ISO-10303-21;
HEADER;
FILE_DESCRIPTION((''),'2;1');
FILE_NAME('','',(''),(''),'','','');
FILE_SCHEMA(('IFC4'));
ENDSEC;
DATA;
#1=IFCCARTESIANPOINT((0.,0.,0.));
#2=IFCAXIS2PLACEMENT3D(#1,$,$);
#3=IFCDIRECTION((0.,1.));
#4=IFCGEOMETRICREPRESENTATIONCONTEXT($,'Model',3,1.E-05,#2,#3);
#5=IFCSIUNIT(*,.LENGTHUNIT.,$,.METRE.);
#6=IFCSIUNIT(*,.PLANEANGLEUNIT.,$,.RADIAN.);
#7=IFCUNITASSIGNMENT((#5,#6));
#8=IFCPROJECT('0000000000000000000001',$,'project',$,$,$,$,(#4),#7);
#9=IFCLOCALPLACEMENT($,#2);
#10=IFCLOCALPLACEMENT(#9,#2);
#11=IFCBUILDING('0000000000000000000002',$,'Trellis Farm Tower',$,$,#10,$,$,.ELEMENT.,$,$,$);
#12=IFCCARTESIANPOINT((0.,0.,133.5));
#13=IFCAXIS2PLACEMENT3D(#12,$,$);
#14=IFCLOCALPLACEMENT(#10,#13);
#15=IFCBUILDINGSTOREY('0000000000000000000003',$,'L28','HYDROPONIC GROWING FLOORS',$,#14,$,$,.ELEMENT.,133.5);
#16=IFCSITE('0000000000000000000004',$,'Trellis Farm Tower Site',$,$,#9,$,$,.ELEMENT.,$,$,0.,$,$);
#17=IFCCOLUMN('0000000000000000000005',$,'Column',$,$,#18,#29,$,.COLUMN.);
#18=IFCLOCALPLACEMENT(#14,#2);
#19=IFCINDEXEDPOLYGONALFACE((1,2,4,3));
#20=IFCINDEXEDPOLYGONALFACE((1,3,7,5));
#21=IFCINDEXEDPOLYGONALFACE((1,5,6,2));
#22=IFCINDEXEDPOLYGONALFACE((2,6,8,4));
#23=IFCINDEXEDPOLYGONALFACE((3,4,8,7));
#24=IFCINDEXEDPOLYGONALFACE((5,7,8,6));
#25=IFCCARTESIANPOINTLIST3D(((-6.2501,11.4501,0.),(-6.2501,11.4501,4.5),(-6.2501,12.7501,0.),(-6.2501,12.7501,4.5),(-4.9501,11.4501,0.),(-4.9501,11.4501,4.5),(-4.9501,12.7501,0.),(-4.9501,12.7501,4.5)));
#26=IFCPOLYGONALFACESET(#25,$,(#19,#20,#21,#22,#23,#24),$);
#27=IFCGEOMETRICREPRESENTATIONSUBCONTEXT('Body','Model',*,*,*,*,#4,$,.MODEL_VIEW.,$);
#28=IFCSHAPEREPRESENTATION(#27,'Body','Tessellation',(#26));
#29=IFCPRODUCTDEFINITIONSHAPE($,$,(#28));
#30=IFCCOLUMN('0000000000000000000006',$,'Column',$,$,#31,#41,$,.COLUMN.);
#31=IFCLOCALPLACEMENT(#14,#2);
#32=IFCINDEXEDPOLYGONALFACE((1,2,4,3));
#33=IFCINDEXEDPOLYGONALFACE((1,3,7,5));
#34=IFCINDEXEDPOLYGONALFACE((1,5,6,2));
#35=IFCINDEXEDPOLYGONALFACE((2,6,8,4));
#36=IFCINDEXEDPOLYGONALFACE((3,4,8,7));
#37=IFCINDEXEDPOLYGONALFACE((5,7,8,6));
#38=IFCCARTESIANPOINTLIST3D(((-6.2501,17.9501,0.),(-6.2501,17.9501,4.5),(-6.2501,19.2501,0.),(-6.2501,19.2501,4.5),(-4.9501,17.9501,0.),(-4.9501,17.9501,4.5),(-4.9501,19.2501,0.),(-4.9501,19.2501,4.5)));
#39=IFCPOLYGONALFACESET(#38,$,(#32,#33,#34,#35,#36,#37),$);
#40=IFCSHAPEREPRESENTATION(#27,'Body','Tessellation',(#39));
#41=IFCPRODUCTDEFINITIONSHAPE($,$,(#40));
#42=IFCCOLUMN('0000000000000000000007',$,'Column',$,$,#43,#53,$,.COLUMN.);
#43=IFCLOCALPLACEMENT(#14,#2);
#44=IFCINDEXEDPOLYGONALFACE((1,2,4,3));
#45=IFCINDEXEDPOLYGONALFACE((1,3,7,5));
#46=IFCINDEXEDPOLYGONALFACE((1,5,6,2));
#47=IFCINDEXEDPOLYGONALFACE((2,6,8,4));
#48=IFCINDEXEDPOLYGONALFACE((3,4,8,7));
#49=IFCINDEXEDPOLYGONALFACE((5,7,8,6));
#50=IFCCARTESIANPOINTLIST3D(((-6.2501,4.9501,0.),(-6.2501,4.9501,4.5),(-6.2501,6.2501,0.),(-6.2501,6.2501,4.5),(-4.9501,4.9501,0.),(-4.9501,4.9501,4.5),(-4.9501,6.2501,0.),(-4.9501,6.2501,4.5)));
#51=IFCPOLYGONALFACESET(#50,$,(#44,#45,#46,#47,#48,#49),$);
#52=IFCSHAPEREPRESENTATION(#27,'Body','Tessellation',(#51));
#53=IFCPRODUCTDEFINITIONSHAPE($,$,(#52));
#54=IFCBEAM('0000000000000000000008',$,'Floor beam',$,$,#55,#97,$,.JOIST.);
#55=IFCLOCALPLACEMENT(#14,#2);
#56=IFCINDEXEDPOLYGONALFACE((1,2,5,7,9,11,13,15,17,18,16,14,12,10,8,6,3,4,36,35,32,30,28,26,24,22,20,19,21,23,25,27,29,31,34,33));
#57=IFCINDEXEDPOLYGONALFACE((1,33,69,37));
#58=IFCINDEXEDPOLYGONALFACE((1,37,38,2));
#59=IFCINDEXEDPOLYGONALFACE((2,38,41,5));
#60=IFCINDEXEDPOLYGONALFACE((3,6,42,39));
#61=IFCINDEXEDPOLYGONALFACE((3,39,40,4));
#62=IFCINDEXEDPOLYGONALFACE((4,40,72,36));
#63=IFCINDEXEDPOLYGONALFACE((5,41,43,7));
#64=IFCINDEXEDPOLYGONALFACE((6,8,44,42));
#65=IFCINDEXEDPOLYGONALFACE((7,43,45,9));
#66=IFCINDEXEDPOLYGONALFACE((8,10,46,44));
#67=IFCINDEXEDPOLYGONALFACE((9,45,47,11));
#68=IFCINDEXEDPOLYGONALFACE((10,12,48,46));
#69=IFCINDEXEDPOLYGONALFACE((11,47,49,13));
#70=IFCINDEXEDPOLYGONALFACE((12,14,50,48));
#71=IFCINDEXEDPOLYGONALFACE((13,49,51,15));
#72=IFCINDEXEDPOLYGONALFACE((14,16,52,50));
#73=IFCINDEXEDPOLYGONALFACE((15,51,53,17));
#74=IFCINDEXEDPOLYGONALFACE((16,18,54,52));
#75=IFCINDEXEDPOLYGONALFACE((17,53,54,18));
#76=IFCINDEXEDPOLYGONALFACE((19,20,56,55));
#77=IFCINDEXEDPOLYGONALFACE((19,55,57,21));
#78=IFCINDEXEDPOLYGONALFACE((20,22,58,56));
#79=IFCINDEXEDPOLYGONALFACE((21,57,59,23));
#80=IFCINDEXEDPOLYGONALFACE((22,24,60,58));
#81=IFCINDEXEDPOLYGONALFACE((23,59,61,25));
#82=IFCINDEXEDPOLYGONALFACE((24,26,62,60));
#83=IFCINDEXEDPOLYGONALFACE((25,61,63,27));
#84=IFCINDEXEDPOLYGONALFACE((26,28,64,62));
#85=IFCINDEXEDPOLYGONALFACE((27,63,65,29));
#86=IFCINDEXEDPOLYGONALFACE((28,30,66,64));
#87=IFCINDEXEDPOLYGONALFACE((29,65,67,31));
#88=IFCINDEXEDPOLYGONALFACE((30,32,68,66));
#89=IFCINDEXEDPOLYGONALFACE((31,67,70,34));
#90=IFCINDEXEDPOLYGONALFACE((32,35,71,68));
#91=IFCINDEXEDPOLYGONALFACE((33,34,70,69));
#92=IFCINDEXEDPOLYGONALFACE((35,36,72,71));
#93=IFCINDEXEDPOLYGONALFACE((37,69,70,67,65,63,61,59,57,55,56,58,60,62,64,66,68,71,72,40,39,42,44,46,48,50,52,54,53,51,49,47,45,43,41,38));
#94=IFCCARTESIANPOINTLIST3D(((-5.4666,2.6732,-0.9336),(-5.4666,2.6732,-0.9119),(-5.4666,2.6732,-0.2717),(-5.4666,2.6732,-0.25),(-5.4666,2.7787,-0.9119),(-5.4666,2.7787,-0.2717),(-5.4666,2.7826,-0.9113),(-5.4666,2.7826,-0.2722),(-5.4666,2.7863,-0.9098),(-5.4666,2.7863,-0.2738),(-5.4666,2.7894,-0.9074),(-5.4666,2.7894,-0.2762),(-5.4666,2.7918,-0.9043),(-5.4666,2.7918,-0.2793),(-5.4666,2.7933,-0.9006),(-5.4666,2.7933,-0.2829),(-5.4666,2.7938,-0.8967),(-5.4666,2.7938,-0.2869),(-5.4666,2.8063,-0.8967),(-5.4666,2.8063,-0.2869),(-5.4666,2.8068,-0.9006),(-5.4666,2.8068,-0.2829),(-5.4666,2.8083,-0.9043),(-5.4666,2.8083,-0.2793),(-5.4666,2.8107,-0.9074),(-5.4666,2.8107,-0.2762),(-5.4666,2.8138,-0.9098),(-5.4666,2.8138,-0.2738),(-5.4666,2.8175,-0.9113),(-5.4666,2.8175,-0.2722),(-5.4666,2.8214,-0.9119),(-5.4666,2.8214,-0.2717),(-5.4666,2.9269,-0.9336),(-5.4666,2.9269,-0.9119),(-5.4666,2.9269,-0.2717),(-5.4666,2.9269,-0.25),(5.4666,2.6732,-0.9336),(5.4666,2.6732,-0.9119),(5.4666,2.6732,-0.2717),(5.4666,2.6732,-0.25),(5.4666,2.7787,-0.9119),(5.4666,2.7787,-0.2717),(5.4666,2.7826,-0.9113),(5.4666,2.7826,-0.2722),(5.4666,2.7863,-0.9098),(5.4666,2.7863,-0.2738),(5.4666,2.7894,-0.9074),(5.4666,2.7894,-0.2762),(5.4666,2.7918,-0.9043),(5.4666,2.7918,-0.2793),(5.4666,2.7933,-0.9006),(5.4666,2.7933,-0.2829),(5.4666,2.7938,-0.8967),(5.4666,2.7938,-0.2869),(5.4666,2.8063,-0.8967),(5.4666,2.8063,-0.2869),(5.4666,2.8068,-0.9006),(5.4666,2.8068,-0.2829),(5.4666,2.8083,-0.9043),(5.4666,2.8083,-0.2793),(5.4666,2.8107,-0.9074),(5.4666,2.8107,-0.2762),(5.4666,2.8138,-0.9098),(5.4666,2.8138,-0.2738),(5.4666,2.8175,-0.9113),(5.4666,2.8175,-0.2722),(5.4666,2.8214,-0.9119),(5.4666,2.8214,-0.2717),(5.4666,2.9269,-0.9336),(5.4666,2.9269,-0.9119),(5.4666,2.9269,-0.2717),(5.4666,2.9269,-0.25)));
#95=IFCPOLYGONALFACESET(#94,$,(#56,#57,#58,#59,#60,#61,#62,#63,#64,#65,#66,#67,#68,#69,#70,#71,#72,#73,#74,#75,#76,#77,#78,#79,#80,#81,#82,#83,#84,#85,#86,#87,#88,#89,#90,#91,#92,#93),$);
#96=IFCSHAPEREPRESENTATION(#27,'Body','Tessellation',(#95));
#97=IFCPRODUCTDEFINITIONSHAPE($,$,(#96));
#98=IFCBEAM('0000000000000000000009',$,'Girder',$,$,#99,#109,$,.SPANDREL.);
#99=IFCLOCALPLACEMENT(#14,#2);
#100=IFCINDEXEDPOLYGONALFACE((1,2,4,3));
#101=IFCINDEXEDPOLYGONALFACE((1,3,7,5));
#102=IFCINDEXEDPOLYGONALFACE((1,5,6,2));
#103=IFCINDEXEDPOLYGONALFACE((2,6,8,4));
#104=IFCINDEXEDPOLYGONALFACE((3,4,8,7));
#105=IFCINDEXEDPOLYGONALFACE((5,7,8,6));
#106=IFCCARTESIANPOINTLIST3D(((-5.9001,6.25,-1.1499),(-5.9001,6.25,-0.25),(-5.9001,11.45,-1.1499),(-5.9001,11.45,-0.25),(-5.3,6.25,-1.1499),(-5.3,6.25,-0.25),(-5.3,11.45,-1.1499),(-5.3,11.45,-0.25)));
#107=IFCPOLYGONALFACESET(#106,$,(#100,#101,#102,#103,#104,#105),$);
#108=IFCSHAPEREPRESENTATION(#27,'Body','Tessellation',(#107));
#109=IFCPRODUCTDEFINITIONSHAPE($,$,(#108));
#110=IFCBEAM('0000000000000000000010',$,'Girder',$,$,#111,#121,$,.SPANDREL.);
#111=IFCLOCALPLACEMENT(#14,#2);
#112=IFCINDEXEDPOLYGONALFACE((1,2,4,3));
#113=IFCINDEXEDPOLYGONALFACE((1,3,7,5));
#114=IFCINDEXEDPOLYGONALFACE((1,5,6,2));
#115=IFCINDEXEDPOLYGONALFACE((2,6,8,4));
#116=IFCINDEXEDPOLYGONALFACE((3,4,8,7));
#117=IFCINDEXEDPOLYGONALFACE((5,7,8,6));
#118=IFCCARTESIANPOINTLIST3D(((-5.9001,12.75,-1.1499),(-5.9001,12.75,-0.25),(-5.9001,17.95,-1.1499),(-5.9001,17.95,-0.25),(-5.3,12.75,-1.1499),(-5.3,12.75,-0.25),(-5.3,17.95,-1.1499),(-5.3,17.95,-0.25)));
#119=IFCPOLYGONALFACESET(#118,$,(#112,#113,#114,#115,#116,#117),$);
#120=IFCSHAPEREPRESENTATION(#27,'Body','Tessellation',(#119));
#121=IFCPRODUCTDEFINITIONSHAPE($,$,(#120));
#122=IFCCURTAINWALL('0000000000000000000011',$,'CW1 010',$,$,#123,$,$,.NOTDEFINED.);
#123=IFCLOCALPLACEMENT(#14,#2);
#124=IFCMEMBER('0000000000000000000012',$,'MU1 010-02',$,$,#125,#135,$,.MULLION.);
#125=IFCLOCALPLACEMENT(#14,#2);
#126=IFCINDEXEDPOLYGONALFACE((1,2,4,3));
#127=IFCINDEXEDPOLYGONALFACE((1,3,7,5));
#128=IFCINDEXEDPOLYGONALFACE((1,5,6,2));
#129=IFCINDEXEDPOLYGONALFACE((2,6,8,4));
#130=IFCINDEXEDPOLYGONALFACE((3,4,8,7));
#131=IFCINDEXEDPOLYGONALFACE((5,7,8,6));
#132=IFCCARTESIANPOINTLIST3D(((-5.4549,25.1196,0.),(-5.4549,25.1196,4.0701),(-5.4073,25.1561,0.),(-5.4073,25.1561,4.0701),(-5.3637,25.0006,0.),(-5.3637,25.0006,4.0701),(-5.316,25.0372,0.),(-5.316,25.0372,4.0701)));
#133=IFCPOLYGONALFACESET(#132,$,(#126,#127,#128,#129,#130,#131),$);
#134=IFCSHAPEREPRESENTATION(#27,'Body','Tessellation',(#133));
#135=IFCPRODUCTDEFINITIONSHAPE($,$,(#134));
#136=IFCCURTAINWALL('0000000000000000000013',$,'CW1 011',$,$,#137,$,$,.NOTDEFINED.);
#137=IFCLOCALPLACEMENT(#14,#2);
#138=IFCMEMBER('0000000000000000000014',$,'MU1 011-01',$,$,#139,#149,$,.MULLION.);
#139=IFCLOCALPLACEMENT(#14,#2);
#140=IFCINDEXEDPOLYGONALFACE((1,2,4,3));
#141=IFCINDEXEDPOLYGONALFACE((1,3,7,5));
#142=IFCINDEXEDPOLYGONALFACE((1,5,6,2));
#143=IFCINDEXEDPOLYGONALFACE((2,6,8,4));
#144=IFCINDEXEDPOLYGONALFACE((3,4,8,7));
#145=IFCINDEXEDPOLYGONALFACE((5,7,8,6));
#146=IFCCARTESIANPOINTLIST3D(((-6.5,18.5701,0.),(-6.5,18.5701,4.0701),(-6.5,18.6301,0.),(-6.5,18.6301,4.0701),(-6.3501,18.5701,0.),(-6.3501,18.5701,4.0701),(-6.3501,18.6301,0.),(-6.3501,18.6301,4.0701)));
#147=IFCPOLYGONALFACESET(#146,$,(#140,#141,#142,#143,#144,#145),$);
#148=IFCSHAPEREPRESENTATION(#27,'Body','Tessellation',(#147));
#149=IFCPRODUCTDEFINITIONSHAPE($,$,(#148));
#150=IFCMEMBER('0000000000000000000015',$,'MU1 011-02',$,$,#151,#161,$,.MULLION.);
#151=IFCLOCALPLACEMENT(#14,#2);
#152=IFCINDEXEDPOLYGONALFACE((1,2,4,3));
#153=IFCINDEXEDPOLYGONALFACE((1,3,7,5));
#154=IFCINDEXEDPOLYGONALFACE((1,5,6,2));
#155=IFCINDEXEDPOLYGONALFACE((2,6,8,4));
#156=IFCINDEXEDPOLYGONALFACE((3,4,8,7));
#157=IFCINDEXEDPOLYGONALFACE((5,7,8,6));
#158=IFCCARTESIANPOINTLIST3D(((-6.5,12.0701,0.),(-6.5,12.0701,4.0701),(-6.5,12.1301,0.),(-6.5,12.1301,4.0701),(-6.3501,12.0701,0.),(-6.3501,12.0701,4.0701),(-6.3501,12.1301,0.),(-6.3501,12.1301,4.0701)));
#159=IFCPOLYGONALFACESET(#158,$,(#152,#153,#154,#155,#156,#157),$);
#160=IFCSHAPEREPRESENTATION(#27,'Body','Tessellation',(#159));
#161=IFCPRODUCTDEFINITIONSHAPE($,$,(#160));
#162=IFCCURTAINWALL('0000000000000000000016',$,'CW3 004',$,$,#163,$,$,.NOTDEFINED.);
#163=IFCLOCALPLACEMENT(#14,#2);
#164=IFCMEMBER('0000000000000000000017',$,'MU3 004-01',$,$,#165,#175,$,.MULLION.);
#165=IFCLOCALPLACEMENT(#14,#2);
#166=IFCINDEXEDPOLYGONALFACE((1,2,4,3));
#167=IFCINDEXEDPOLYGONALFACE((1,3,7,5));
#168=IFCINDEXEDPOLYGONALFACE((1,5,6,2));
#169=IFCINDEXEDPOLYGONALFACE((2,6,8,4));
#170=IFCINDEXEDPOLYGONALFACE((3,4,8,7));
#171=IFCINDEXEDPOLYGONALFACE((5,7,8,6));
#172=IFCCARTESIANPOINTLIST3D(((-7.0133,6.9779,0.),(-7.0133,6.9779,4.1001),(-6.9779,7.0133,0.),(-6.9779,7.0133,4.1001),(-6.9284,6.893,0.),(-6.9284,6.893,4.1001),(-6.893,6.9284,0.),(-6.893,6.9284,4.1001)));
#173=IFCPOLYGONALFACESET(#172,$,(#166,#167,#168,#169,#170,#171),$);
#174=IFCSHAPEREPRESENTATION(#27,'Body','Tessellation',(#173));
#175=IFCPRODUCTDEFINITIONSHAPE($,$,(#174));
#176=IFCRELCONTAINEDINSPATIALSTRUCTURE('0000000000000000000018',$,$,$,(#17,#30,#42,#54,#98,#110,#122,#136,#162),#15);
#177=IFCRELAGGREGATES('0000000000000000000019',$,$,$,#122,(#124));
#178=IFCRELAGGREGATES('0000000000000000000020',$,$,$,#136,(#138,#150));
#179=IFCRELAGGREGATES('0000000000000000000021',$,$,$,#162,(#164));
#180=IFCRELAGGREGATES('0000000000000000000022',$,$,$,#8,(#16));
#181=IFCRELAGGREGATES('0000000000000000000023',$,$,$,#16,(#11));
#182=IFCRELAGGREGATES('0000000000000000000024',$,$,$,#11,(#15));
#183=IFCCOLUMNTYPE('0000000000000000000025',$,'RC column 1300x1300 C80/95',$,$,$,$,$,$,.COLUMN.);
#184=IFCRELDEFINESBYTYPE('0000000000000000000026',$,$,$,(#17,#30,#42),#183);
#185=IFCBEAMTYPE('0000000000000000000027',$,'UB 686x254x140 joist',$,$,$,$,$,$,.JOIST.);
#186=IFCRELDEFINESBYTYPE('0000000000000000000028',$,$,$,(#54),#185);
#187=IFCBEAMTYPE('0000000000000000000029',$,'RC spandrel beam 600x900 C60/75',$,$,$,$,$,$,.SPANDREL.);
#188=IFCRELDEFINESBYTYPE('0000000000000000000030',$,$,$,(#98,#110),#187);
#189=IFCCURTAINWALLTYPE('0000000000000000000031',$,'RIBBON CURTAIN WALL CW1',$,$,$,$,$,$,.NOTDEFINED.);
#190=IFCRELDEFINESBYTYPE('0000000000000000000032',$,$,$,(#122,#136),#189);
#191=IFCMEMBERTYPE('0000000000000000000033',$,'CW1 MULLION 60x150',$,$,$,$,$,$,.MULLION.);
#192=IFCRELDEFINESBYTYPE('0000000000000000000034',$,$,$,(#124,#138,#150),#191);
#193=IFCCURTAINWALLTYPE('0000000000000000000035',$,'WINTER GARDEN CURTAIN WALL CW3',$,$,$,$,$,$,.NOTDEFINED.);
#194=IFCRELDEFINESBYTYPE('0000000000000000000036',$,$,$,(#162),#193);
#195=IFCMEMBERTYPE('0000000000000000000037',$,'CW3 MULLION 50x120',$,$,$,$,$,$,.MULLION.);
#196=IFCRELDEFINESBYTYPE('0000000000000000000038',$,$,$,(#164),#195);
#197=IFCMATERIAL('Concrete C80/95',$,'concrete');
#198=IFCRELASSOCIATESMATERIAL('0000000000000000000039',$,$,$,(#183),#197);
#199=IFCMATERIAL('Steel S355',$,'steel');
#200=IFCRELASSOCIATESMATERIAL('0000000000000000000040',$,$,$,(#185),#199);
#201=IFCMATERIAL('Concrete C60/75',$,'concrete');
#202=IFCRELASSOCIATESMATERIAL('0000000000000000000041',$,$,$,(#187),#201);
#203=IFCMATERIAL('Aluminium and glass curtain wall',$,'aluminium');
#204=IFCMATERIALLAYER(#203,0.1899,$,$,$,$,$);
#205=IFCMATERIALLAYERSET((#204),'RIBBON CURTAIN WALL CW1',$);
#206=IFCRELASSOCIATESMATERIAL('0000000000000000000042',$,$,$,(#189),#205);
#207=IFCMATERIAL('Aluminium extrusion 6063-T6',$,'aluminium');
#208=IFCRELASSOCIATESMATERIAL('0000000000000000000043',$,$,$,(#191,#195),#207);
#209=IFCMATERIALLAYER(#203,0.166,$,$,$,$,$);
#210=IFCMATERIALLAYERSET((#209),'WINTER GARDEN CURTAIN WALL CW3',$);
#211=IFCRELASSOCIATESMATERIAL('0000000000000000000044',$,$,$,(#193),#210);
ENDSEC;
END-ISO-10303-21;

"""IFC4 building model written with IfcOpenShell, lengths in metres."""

from ifc_helpers import new_model, si_unit, direction, frame, origin, origin_2d, place, context, subcontext, project, spatial, rectangle, i_section, extrude, source, transform, mapped, material, layer, layer_set, material_profile, profile_set, type_object, element, aggregate, save


model = new_model("IFC4")

# Units and contexts
model_context = context("Model", 3, precision=1e-05, world=origin(), true_north=direction((0.0, 1.0)))
body_context = subcontext(model_context, "Body", "Model", "MODEL_VIEW")
ifc_project = project(units=[si_unit("LENGTHUNIT", "METRE"), si_unit("PLANEANGLEUNIT", "RADIAN")], contexts=[model_context])

# Site, building, storey
site_placement = place(None, origin())
site = spatial("IfcSite", under=ifc_project, at=site_placement, Name="Trellis Farm Tower Site", CompositionType="ELEMENT", RefElevation=0.0)
building_placement = place(site_placement, origin())
building = spatial("IfcBuilding", under=site, at=building_placement, Name="Trellis Farm Tower", CompositionType="ELEMENT")
storey_placement = place(building_placement, frame((0.0, 0.0, 133.5)))
storey = spatial("IfcBuildingStorey", under=building, at=storey_placement, Name="L28", Description="HYDROPONIC GROWING FLOORS", CompositionType="ELEMENT", Elevation=133.5)

# Columns
ifc_material_1 = material(Name="Concrete C80/95", Category="concrete")
ifc_material_profile_1 = material_profile(ifc_material_1, rectangle(XDim=1.3, YDim=1.3, at=origin_2d()), Name="RC column 1300x1300 C80/95")
ifc_profile_set_1 = profile_set([ifc_material_profile_1], Name="Concrete C80/95")
column_type = type_object("IfcColumnType", Name="RC column 1300x1300 C80/95", PredefinedType="COLUMN", material=ifc_profile_set_1)
shared_shape_1 = source(origin(), body_context, "Body", "SweptSolid", [
    extrude(rectangle(XDim=1.3, YDim=1.3, at=origin_2d()), origin(), (0.0, 0.0, 1.0), 4.5),
])
for number, where, z_axis, x_axis, name in (
    (1, (-5.6001, 12.1001, 0.0), (0.0, 0.0, 1.0), (1.0, 0.0, 0.0), "Column"),
    (2, (-5.6001, 18.6001, 0.0), (0.0, 0.0, 1.0), (1.0, 0.0, 0.0), "Column"),
    (3, (-5.6001, 5.6001, 0.0), (0.0, 0.0, 1.0), (1.0, 0.0, 0.0), "Column"),
):
    element("IfcColumn", number, at=place(storey_placement, frame(where, z_axis=z_axis, x_axis=x_axis)), inside=storey, type_object=column_type, Name=name, PredefinedType="COLUMN", context=body_context, shape_type="MappedRepresentation", body=[
        mapped(shared_shape_1, transform((0.0, 0.0, 0.0))),
    ])

# Beams
ifc_material_2 = material(Name="Steel S355", Category="steel")
ifc_material_profile_2 = material_profile(ifc_material_2, i_section(OverallWidth=0.2537, OverallDepth=0.6836, WebThickness=0.0125, FlangeThickness=0.0217, FilletRadius=0.0151, at=origin_2d()), Name="UB 686x254x140")
ifc_profile_set_2 = profile_set([ifc_material_profile_2], Name="Steel S355")
beam_type_1 = type_object("IfcBeamType", Name="UB 686x254x140 joist", PredefinedType="JOIST", material=ifc_profile_set_2)
shared_shape_2 = source(origin(), body_context, "Body", "SweptSolid", [
    extrude(i_section(OverallWidth=0.2537, OverallDepth=0.6836, WebThickness=0.0125, FlangeThickness=0.0217, FilletRadius=0.0151, at=origin_2d()), origin(), (0.0, 0.0, 1.0), 10.9331),
])
beam_placement = place(storey_placement, frame((-5.4666, 2.8, -0.5918), z_axis=(1.0, 0.0, 0.0), x_axis=(0.0, 1.0, 0.0)))
element("IfcBeam", 4, at=beam_placement, inside=storey, type_object=beam_type_1, Name="Floor beam", PredefinedType="JOIST", context=body_context, shape_type="MappedRepresentation", body=[
    mapped(shared_shape_2, transform((0.0, 0.0, 0.0))),
])
ifc_material_3 = material(Name="Concrete C60/75", Category="concrete")
ifc_material_profile_3 = material_profile(ifc_material_3, rectangle(XDim=0.6001, YDim=0.8999, at=origin_2d()), Name="RC spandrel beam 600x900 C60/75")
ifc_profile_set_3 = profile_set([ifc_material_profile_3], Name="Concrete C60/75")
beam_type_2 = type_object("IfcBeamType", Name="RC spandrel beam 600x900 C60/75", PredefinedType="SPANDREL", material=ifc_profile_set_3)
shared_shape_3 = source(origin(), body_context, "Body", "SweptSolid", [
    extrude(rectangle(XDim=0.6001, YDim=0.8999, at=origin_2d()), origin(), (0.0, 0.0, 1.0), 5.2),
])
for number, where, z_axis, x_axis, name in (
    (5, (-5.6001, 6.25, -0.7), (0.0, 1.0, 0.0), (-1.0, 0.0, 0.0), "Girder"),
    (6, (-5.6001, 12.75, -0.7), (0.0, 1.0, 0.0), (-1.0, 0.0, 0.0), "Girder"),
):
    element("IfcBeam", number, at=place(storey_placement, frame(where, z_axis=z_axis, x_axis=x_axis)), inside=storey, type_object=beam_type_2, Name=name, PredefinedType="SPANDREL", context=body_context, shape_type="MappedRepresentation", body=[
        mapped(shared_shape_3, transform((0.0, 0.0, 0.0))),
    ])

# Curtain wall, member
ifc_material_4 = material(Name="Aluminium and glass curtain wall", Category="aluminium")
ifc_layer_1 = layer(ifc_material_4, 0.1899)
ifc_layer_set_1 = layer_set([ifc_layer_1], Name="RIBBON CURTAIN WALL CW1")
curtain_wall_type_1 = type_object("IfcCurtainWallType", Name="RIBBON CURTAIN WALL CW1", PredefinedType="NOTDEFINED", material=ifc_layer_set_1)
placement = place(storey_placement, origin())
curtain_wall_1 = element("IfcCurtainWall", 7, at=placement, inside=storey, type_object=curtain_wall_type_1, Name="CW1 010", PredefinedType="NOTDEFINED")
ifc_material_5 = material(Name="Aluminium extrusion 6063-T6", Category="aluminium")
ifc_material_profile_4 = material_profile(ifc_material_5, rectangle(XDim=0.0601, YDim=0.1499, at=origin_2d()), Name="MULLION 60x150")
ifc_profile_set_4 = profile_set([ifc_material_profile_4], Name="Aluminium extrusion 6063-T6")
member_type_1 = type_object("IfcMemberType", Name="CW1 MULLION 60x150", PredefinedType="MULLION", material=ifc_profile_set_4)
shared_shape_4 = source(origin(), body_context, "Body", "SweptSolid", [
    extrude(rectangle(XDim=0.0601, YDim=0.1499, at=origin_2d()), origin(), (0.0, 0.0, 1.0), 4.0701),
])
member_1_placement = place(storey_placement, frame((-5.3855, 25.0784, 0.0), z_axis=(0.0, 0.0, 1.0), x_axis=(-0.793353, -0.608761, 0.0)))
member_1 = element("IfcMember", 8, at=member_1_placement, type_object=member_type_1, Name="MU1 010-02", PredefinedType="MULLION", context=body_context, shape_type="MappedRepresentation", body=[
    mapped(shared_shape_4, transform((0.0, 0.0, 0.0))),
])
aggregate(curtain_wall_1, [member_1])

# Curtain wall, members
curtain_wall_2 = element("IfcCurtainWall", 9, at=placement, inside=storey, type_object=curtain_wall_type_1, Name="CW1 011", PredefinedType="NOTDEFINED")
member_2_placement = place(storey_placement, frame((-6.425, 18.6001, 0.0), z_axis=(0.0, 0.0, 1.0), x_axis=(0.0, -1.0, 0.0)))
member_2 = element("IfcMember", 10, at=member_2_placement, type_object=member_type_1, Name="MU1 011-01", PredefinedType="MULLION", context=body_context, shape_type="MappedRepresentation", body=[
    mapped(shared_shape_4, transform((0.0, 0.0, 0.0))),
])
member_3_placement = place(storey_placement, frame((-6.425, 12.1001, 0.0), z_axis=(0.0, 0.0, 1.0), x_axis=(0.0, -1.0, 0.0)))
member_3 = element("IfcMember", 11, at=member_3_placement, type_object=member_type_1, Name="MU1 011-02", PredefinedType="MULLION", context=body_context, shape_type="MappedRepresentation", body=[
    mapped(shared_shape_4, transform((0.0, 0.0, 0.0))),
])
aggregate(curtain_wall_2, [member_2, member_3])

# Curtain wall, member
ifc_layer_2 = layer(ifc_material_4, 0.166)
ifc_layer_set_2 = layer_set([ifc_layer_2], Name="WINTER GARDEN CURTAIN WALL CW3")
curtain_wall_type_2 = type_object("IfcCurtainWallType", Name="WINTER GARDEN CURTAIN WALL CW3", PredefinedType="NOTDEFINED", material=ifc_layer_set_2)
curtain_wall_3 = element("IfcCurtainWall", 12, at=placement, inside=storey, type_object=curtain_wall_type_2, Name="CW3 004", PredefinedType="NOTDEFINED")
ifc_material_profile_5 = material_profile(ifc_material_5, rectangle(XDim=0.05, YDim=0.1201, at=origin_2d()), Name="MULLION 50x120")
ifc_profile_set_5 = profile_set([ifc_material_profile_5], Name="Aluminium extrusion 6063-T6")
member_type_2 = type_object("IfcMemberType", Name="CW3 MULLION 50x120", PredefinedType="MULLION", material=ifc_profile_set_5)
shared_shape_5 = source(origin(), body_context, "Body", "SweptSolid", [
    extrude(rectangle(XDim=0.05, YDim=0.1201, at=origin_2d()), origin(), (0.0, 0.0, 1.0), 4.1001),
])
member_4_placement = place(storey_placement, frame((-6.9531, 6.9531, 0.0), z_axis=(0.0, 0.0, 1.0), x_axis=(-0.707107, -0.707107, 0.0)))
member_4 = element("IfcMember", 13, at=member_4_placement, type_object=member_type_2, Name="MU3 004-01", PredefinedType="MULLION", context=body_context, shape_type="MappedRepresentation", body=[
    mapped(shared_shape_5, transform((0.0, 0.0, 0.0))),
])
aggregate(curtain_wall_3, [member_4])

save(model, "model.ifc")
